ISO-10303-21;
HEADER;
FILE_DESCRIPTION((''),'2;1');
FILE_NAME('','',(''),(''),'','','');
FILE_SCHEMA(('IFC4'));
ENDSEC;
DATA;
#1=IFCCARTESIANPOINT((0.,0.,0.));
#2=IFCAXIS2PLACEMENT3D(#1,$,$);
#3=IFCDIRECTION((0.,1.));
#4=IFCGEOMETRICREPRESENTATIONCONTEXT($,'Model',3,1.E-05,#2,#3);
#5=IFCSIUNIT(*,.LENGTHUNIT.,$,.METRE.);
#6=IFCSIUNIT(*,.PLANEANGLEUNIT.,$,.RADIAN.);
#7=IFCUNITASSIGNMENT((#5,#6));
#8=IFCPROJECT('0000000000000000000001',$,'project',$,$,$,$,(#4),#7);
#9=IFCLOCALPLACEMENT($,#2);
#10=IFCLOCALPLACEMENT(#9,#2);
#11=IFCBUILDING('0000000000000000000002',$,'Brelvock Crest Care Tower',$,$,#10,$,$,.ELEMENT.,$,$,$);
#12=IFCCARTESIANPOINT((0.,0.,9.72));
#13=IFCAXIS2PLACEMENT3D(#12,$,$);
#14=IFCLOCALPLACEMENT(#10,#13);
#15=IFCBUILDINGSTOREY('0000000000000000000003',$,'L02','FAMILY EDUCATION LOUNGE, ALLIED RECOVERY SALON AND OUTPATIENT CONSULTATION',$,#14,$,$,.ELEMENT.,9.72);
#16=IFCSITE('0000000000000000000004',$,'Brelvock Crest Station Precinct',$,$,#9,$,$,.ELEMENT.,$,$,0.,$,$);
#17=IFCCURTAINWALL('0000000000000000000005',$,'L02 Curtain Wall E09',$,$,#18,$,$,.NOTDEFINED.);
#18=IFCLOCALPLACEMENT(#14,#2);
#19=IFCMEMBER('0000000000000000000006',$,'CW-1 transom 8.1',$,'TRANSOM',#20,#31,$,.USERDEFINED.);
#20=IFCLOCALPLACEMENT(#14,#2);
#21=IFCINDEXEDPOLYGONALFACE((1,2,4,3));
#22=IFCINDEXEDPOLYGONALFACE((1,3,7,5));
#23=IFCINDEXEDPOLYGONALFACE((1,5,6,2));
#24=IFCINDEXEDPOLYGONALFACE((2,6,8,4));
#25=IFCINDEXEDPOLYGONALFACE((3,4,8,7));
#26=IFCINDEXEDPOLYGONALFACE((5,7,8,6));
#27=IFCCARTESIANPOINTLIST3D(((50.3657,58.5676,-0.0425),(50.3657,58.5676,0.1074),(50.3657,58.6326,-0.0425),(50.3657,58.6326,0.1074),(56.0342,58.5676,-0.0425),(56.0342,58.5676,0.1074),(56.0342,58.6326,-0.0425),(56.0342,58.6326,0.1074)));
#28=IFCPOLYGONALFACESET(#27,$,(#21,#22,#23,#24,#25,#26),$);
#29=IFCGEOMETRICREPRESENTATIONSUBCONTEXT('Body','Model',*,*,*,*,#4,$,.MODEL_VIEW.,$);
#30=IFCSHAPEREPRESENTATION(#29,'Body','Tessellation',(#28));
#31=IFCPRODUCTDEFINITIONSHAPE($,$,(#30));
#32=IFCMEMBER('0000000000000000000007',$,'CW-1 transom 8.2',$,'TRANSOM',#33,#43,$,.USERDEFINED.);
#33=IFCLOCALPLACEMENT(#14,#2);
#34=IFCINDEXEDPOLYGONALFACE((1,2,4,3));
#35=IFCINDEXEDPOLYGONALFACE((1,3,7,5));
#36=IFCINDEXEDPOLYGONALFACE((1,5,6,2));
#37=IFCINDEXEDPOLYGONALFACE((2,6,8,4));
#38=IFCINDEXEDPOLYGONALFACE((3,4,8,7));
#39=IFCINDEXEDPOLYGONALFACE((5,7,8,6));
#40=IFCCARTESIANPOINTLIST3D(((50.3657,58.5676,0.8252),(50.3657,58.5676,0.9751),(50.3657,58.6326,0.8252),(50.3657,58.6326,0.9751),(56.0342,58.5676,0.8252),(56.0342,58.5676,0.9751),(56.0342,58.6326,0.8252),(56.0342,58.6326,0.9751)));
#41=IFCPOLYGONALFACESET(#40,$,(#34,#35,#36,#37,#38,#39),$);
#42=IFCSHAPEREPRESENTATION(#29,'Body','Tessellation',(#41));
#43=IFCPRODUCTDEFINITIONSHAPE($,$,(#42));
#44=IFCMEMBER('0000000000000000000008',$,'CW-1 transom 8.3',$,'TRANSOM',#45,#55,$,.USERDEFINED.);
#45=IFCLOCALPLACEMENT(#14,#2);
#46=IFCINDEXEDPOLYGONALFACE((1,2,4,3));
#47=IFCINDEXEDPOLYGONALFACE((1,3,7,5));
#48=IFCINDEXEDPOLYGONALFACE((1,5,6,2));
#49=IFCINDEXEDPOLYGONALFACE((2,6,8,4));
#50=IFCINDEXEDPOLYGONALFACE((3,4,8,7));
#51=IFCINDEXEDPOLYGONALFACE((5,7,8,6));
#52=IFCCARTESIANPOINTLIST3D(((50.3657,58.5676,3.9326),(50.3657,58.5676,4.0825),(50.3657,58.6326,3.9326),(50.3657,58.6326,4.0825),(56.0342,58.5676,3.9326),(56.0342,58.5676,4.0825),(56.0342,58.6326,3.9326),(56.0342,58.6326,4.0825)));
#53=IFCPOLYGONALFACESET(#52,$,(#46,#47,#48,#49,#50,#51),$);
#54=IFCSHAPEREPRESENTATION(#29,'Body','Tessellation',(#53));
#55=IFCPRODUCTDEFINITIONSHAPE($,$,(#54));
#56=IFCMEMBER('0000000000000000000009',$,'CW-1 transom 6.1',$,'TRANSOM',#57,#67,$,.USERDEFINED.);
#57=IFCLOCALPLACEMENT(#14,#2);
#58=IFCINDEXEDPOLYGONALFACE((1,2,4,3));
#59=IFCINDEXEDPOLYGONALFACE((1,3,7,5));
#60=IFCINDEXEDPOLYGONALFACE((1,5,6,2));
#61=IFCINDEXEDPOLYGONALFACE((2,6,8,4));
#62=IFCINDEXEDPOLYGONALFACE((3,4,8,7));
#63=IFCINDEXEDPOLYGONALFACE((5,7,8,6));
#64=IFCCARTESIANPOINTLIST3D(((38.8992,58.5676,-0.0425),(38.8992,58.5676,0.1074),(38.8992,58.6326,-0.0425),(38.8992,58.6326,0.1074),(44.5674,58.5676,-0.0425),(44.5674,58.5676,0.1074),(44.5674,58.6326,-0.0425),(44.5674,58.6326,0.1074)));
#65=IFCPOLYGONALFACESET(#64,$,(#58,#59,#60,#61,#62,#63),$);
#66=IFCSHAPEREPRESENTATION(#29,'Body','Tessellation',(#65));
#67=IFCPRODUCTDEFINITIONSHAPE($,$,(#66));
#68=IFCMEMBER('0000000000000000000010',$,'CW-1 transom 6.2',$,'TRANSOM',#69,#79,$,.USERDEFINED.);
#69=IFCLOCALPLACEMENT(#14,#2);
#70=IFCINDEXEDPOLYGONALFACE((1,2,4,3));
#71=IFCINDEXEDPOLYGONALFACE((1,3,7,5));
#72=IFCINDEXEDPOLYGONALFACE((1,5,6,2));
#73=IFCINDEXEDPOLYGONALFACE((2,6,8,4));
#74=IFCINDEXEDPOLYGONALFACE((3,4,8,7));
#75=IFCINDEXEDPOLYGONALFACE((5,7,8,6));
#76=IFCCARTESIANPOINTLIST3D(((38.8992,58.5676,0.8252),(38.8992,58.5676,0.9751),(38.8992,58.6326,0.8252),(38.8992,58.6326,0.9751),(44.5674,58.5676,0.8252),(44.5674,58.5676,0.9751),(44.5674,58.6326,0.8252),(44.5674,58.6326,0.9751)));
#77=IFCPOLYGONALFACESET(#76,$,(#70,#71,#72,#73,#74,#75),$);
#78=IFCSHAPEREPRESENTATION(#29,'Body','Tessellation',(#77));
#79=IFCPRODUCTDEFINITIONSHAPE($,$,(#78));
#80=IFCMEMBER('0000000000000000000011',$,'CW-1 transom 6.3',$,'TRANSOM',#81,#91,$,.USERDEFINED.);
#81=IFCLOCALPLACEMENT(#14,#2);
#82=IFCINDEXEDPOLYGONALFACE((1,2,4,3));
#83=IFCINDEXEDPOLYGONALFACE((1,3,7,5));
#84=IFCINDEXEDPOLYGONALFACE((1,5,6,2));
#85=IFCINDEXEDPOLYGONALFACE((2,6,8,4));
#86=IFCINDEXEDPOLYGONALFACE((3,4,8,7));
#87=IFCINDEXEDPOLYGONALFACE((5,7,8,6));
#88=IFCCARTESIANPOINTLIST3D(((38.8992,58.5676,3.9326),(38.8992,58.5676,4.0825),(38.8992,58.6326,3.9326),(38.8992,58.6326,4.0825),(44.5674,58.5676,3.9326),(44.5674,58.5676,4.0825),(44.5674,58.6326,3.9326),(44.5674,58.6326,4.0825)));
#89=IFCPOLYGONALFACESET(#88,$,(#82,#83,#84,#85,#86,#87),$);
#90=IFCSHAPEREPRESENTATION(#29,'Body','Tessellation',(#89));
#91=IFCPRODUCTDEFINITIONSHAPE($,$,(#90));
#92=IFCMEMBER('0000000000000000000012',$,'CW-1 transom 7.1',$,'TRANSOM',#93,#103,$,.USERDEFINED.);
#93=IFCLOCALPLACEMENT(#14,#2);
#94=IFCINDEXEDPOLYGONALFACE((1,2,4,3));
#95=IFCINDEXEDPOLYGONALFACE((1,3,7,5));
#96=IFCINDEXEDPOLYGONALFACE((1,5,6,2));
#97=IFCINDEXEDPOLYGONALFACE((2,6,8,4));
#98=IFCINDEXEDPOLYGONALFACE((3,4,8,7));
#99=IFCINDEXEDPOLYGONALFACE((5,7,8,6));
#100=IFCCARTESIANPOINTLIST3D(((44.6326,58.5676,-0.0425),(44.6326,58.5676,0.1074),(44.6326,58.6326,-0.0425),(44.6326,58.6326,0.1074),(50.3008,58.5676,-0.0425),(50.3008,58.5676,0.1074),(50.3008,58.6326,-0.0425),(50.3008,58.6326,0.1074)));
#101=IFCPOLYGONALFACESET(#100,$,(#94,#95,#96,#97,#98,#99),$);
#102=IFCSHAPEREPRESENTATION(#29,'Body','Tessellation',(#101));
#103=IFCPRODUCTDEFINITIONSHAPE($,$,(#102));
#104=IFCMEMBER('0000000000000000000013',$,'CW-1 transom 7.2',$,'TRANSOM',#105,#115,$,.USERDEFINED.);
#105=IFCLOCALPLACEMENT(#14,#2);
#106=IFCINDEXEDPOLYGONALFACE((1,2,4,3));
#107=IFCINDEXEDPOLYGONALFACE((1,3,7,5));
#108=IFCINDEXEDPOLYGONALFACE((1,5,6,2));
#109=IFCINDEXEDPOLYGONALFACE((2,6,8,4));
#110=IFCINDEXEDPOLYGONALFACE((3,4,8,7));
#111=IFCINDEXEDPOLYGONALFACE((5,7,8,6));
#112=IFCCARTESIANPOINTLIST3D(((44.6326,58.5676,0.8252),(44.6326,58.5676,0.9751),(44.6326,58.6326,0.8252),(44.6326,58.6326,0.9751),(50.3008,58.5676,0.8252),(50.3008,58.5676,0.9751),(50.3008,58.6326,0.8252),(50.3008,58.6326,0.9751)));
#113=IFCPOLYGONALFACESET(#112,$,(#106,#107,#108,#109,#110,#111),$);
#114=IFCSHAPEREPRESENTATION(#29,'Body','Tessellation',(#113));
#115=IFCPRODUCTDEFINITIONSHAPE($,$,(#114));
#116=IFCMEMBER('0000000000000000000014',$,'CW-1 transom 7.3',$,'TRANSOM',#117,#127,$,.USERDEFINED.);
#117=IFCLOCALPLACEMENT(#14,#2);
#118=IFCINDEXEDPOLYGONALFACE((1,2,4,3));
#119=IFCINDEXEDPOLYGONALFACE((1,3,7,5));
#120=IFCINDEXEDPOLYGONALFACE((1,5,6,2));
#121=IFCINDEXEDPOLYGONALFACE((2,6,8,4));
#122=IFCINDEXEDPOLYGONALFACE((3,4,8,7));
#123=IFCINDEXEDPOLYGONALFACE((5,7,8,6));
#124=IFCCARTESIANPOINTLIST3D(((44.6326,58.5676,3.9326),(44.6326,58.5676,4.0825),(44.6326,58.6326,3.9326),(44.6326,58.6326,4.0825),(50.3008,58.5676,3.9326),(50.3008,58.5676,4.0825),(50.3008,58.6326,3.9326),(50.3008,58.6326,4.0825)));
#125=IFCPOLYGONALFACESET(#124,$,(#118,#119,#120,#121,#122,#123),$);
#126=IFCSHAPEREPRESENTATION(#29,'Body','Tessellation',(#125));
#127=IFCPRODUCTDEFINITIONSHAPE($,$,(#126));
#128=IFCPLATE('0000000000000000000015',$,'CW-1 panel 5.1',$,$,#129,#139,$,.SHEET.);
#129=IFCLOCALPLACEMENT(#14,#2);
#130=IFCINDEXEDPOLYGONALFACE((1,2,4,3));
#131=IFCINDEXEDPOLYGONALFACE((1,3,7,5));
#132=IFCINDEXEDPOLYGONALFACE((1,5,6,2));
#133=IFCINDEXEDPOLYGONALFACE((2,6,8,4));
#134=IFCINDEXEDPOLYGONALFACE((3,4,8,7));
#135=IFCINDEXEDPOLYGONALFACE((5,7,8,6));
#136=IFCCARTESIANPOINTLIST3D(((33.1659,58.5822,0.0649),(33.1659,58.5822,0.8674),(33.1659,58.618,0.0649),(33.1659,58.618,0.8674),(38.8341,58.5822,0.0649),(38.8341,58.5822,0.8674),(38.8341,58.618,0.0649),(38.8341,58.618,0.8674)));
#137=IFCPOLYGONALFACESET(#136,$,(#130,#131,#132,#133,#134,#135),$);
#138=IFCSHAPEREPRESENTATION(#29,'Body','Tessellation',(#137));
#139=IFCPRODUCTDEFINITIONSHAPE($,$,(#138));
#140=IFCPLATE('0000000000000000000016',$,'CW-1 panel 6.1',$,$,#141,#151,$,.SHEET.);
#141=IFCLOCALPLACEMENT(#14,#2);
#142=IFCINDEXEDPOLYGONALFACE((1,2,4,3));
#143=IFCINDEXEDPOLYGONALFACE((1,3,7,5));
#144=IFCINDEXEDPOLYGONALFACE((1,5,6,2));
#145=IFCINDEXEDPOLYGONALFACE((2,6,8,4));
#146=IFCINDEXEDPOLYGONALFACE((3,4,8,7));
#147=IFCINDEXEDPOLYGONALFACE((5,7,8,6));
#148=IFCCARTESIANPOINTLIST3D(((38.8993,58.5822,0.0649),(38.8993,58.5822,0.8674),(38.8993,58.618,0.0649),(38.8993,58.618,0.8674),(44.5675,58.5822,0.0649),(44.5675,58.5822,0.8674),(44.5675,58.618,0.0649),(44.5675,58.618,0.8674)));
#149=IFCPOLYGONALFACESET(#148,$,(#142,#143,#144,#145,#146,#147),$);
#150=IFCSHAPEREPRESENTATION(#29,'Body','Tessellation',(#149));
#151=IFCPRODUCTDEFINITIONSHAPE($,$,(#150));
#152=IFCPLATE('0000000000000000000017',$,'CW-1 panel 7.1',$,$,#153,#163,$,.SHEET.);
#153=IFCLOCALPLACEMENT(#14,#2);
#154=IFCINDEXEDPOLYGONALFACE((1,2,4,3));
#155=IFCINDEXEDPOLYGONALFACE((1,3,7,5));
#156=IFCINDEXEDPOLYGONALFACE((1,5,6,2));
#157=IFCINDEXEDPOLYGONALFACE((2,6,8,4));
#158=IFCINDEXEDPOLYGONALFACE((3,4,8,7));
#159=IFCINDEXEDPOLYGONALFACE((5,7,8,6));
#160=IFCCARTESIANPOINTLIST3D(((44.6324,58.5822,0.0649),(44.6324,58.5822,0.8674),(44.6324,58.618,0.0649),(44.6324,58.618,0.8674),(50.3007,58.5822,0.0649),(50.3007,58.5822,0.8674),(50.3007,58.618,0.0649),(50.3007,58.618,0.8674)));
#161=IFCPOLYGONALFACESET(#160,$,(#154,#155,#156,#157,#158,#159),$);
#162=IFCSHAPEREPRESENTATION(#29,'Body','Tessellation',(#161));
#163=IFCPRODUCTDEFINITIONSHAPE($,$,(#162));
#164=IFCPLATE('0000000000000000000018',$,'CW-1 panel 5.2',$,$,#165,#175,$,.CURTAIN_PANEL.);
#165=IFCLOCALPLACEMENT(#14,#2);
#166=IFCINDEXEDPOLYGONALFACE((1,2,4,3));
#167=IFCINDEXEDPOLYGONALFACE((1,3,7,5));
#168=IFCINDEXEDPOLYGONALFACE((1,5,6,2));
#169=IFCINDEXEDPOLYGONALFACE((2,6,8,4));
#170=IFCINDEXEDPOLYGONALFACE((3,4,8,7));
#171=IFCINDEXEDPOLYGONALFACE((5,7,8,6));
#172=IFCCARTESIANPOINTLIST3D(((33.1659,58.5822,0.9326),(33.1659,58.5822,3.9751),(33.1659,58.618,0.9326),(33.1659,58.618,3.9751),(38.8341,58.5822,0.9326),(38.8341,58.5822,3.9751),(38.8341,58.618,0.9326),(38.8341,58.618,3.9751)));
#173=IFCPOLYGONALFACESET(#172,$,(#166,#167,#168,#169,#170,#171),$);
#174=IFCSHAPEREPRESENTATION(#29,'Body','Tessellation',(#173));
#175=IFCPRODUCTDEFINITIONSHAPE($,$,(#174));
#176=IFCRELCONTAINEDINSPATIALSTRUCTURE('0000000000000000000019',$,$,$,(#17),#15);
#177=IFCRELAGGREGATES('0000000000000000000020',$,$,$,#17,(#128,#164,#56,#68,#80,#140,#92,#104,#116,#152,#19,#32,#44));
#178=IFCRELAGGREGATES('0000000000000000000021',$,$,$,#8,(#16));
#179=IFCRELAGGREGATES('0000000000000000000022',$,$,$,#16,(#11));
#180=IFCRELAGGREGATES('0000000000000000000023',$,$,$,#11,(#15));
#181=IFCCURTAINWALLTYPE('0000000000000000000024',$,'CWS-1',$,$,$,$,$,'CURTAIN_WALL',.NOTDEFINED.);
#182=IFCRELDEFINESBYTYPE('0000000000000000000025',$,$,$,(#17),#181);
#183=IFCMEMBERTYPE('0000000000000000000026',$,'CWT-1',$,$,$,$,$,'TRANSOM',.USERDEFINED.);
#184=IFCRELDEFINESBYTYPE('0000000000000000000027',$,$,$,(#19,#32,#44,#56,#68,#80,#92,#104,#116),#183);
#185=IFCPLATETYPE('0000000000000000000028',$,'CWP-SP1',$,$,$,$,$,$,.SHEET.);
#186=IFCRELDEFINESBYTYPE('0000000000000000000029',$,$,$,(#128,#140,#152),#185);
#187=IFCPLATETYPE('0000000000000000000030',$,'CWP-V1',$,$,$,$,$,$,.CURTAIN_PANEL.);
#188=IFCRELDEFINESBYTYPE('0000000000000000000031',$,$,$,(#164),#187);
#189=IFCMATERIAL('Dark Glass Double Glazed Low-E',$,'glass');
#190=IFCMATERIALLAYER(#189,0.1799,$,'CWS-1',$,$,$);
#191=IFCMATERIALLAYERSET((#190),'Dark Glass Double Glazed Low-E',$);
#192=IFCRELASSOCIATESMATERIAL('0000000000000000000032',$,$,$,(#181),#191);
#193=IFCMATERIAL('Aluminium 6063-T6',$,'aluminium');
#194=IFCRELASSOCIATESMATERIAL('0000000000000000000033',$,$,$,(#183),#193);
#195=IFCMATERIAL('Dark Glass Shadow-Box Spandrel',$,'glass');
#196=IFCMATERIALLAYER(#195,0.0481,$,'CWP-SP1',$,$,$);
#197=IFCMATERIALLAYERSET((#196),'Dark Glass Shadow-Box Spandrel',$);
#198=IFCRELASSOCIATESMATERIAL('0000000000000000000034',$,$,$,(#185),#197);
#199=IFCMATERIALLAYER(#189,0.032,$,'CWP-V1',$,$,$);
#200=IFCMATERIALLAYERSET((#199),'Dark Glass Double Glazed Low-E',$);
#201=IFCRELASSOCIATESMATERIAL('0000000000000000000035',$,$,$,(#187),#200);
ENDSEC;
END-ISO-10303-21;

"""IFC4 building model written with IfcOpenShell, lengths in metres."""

from ifc_helpers import new_model, si_unit, direction, frame, origin, origin_2d, place, context, subcontext, project, spatial, rectangle, extrude, source, transform, mapped, material, layer, layer_set, material_profile, profile_set, type_object, element, aggregate, save


model = new_model("IFC4")

# Units and contexts
model_context = context("Model", 3, precision=1e-05, world=origin(), true_north=direction((0.0, 1.0)))
body_context = subcontext(model_context, "Body", "Model", "MODEL_VIEW")
ifc_project = project(units=[si_unit("LENGTHUNIT", "METRE"), si_unit("PLANEANGLEUNIT", "RADIAN")], contexts=[model_context])

# Site, building, storey
site_placement = place(None, origin())
site = spatial("IfcSite", under=ifc_project, at=site_placement, Name="Brelvock Crest Station Precinct", CompositionType="ELEMENT", RefElevation=0.0)
building_placement = place(site_placement, origin())
building = spatial("IfcBuilding", under=site, at=building_placement, Name="Brelvock Crest Care Tower", CompositionType="ELEMENT")
storey_placement = place(building_placement, frame((0.0, 0.0, 9.72)))
storey = spatial("IfcBuildingStorey", under=building, at=storey_placement, Name="L02", Description="FAMILY EDUCATION LOUNGE, ALLIED RECOVERY SALON AND OUTPATIENT CONSULTATION", CompositionType="ELEMENT", Elevation=9.72)

# Curtain wall, members, plates
ifc_material_1 = material(Name="Dark Glass Double Glazed Low-E", Category="glass")
ifc_layer_1 = layer(ifc_material_1, 0.1799, Name="CWS-1")
ifc_layer_set_1 = layer_set([ifc_layer_1], Name="Dark Glass Double Glazed Low-E")
curtain_wall_type = type_object("IfcCurtainWallType", Name="CWS-1", ElementType="CURTAIN_WALL", PredefinedType="NOTDEFINED", material=ifc_layer_set_1)
curtain_wall_placement = place(storey_placement, origin())
curtain_wall = element("IfcCurtainWall", 1, at=curtain_wall_placement, inside=storey, type_object=curtain_wall_type, Name="L02 Curtain Wall E09", PredefinedType="NOTDEFINED")
ifc_material_2 = material(Name="Aluminium 6063-T6", Category="aluminium")
ifc_material_profile_1 = material_profile(ifc_material_2, rectangle(XDim=0.0649, YDim=0.1499, at=origin_2d()), Name="ALU65x150")
ifc_profile_set_1 = profile_set([ifc_material_profile_1], Name="Aluminium 6063-T6")
member_type_1 = type_object("IfcMemberType", Name="CWT-1", ElementType="TRANSOM", PredefinedType="USERDEFINED", material=ifc_profile_set_1)
shared_shape_1 = source(origin(), body_context, "Body", "SweptSolid", [
    extrude(rectangle(XDim=0.0649, YDim=0.1499, at=origin_2d()), origin(), (0.0, 0.0, 1.0), 5.6685),
])
member_1_placement = place(storey_placement, frame((50.3657, 58.6001, 0.0325), z_axis=(1.0, 0.0, 0.0), x_axis=(0.0, 1.0, 0.0)))
member_1 = element("IfcMember", 2, at=member_1_placement, type_object=member_type_1, Name="CW-1 transom 8.1", ObjectType="TRANSOM", PredefinedType="USERDEFINED", context=body_context, shape_type="MappedRepresentation", body=[
    mapped(shared_shape_1, transform((0.0, 0.0, 0.0), x_axis=(1.0, 0.0, 0.0), y_axis=(0.0, 1.0, 0.0), z_axis=(0.0, 0.0, 1.0), scale=1.0)),
])
member_2_placement = place(storey_placement, frame((50.3657, 58.6001, 0.9001), z_axis=(1.0, 0.0, 0.0), x_axis=(0.0, 1.0, 0.0)))
member_2 = element("IfcMember", 3, at=member_2_placement, type_object=member_type_1, Name="CW-1 transom 8.2", ObjectType="TRANSOM", PredefinedType="USERDEFINED", context=body_context, shape_type="MappedRepresentation", body=[
    mapped(shared_shape_1, transform((0.0, 0.0, 0.0), x_axis=(1.0, 0.0, 0.0), y_axis=(0.0, 1.0, 0.0), z_axis=(0.0, 0.0, 1.0), scale=1.0)),
])
member_3_placement = place(storey_placement, frame((50.3657, 58.6001, 4.0076), z_axis=(1.0, 0.0, 0.0), x_axis=(0.0, 1.0, 0.0)))
member_3 = element("IfcMember", 4, at=member_3_placement, type_object=member_type_1, Name="CW-1 transom 8.3", ObjectType="TRANSOM", PredefinedType="USERDEFINED", context=body_context, shape_type="MappedRepresentation", body=[
    mapped(shared_shape_1, transform((0.0, 0.0, 0.0), x_axis=(1.0, 0.0, 0.0), y_axis=(0.0, 1.0, 0.0), z_axis=(0.0, 0.0, 1.0), scale=1.0)),
])
shared_shape_2 = source(origin(), body_context, "Body", "SweptSolid", [
    extrude(rectangle(XDim=0.0649, YDim=0.1499, at=origin_2d()), origin(), (0.0, 0.0, 1.0), 5.6682),
])
member_4_placement = place(storey_placement, frame((38.8992, 58.6001, 0.0325), z_axis=(1.0, 0.0, 0.0), x_axis=(0.0, 1.0, 0.0)))
member_4 = element("IfcMember", 5, at=member_4_placement, type_object=member_type_1, Name="CW-1 transom 6.1", ObjectType="TRANSOM", PredefinedType="USERDEFINED", context=body_context, shape_type="MappedRepresentation", body=[
    mapped(shared_shape_2, transform((0.0, 0.0, 0.0), x_axis=(1.0, 0.0, 0.0), y_axis=(0.0, 1.0, 0.0), z_axis=(0.0, 0.0, 1.0), scale=1.0)),
])
member_5_placement = place(storey_placement, frame((38.8992, 58.6001, 0.9001), z_axis=(1.0, 0.0, 0.0), x_axis=(0.0, 1.0, 0.0)))
member_5 = element("IfcMember", 6, at=member_5_placement, type_object=member_type_1, Name="CW-1 transom 6.2", ObjectType="TRANSOM", PredefinedType="USERDEFINED", context=body_context, shape_type="MappedRepresentation", body=[
    mapped(shared_shape_2, transform((0.0, 0.0, 0.0), x_axis=(1.0, 0.0, 0.0), y_axis=(0.0, 1.0, 0.0), z_axis=(0.0, 0.0, 1.0), scale=1.0)),
])
member_6_placement = place(storey_placement, frame((38.8992, 58.6001, 4.0076), z_axis=(1.0, 0.0, 0.0), x_axis=(0.0, 1.0, 0.0)))
member_6 = element("IfcMember", 7, at=member_6_placement, type_object=member_type_1, Name="CW-1 transom 6.3", ObjectType="TRANSOM", PredefinedType="USERDEFINED", context=body_context, shape_type="MappedRepresentation", body=[
    mapped(shared_shape_2, transform((0.0, 0.0, 0.0), x_axis=(1.0, 0.0, 0.0), y_axis=(0.0, 1.0, 0.0), z_axis=(0.0, 0.0, 1.0), scale=1.0)),
])
member_7_placement = place(storey_placement, frame((44.6326, 58.6001, 0.0325), z_axis=(1.0, 0.0, 0.0), x_axis=(0.0, 1.0, 0.0)))
member_7 = element("IfcMember", 8, at=member_7_placement, type_object=member_type_1, Name="CW-1 transom 7.1", ObjectType="TRANSOM", PredefinedType="USERDEFINED", context=body_context, shape_type="MappedRepresentation", body=[
    mapped(shared_shape_2, transform((0.0, 0.0, 0.0), x_axis=(1.0, 0.0, 0.0), y_axis=(0.0, 1.0, 0.0), z_axis=(0.0, 0.0, 1.0), scale=1.0)),
])
member_8_placement = place(storey_placement, frame((44.6326, 58.6001, 0.9001), z_axis=(1.0, 0.0, 0.0), x_axis=(0.0, 1.0, 0.0)))
member_8 = element("IfcMember", 9, at=member_8_placement, type_object=member_type_1, Name="CW-1 transom 7.2", ObjectType="TRANSOM", PredefinedType="USERDEFINED", context=body_context, shape_type="MappedRepresentation", body=[
    mapped(shared_shape_2, transform((0.0, 0.0, 0.0), x_axis=(1.0, 0.0, 0.0), y_axis=(0.0, 1.0, 0.0), z_axis=(0.0, 0.0, 1.0), scale=1.0)),
])
member_9_placement = place(storey_placement, frame((44.6326, 58.6001, 4.0076), z_axis=(1.0, 0.0, 0.0), x_axis=(0.0, 1.0, 0.0)))
member_9 = element("IfcMember", 10, at=member_9_placement, type_object=member_type_1, Name="CW-1 transom 7.3", ObjectType="TRANSOM", PredefinedType="USERDEFINED", context=body_context, shape_type="MappedRepresentation", body=[
    mapped(shared_shape_2, transform((0.0, 0.0, 0.0), x_axis=(1.0, 0.0, 0.0), y_axis=(0.0, 1.0, 0.0), z_axis=(0.0, 0.0, 1.0), scale=1.0)),
])
ifc_material_3 = material(Name="Dark Glass Shadow-Box Spandrel", Category="glass")
ifc_layer_2 = layer(ifc_material_3, 0.0481, Name="CWP-SP1")
ifc_layer_set_2 = layer_set([ifc_layer_2], Name="Dark Glass Shadow-Box Spandrel")
plate_type_1 = type_object("IfcPlateType", Name="CWP-SP1", PredefinedType="SHEET", material=ifc_layer_set_2)
shared_shape_3 = source(origin(), body_context, "Body", "SweptSolid", [
    extrude(rectangle(XDim=5.6682, YDim=0.0359, at=origin_2d()), origin(), (0.0, 0.0, 1.0), 0.8025),
])
plate_1_placement = place(storey_placement, frame((36.0, 58.6001, 0.0649), z_axis=(0.0, 0.0, 1.0), x_axis=(1.0, 0.0, 0.0)))
plate_1 = element("IfcPlate", 11, at=plate_1_placement, type_object=plate_type_1, Name="CW-1 panel 5.1", PredefinedType="SHEET", context=body_context, shape_type="MappedRepresentation", body=[
    mapped(shared_shape_3, transform((0.0, 0.0, 0.0), x_axis=(1.0, 0.0, 0.0), y_axis=(0.0, 1.0, 0.0), z_axis=(0.0, 0.0, 1.0), scale=1.0)),
])
plate_2_placement = place(storey_placement, frame((41.7334, 58.6001, 0.0649), z_axis=(0.0, 0.0, 1.0), x_axis=(1.0, 0.0, 0.0)))
plate_2 = element("IfcPlate", 12, at=plate_2_placement, type_object=plate_type_1, Name="CW-1 panel 6.1", PredefinedType="SHEET", context=body_context, shape_type="MappedRepresentation", body=[
    mapped(shared_shape_3, transform((0.0, 0.0, 0.0), x_axis=(1.0, 0.0, 0.0), y_axis=(0.0, 1.0, 0.0), z_axis=(0.0, 0.0, 1.0), scale=1.0)),
])
plate_3_placement = place(storey_placement, frame((47.4666, 58.6001, 0.0649), z_axis=(0.0, 0.0, 1.0), x_axis=(1.0, 0.0, 0.0)))
plate_3 = element("IfcPlate", 13, at=plate_3_placement, type_object=plate_type_1, Name="CW-1 panel 7.1", PredefinedType="SHEET", context=body_context, shape_type="MappedRepresentation", body=[
    mapped(shared_shape_3, transform((0.0, 0.0, 0.0), x_axis=(1.0, 0.0, 0.0), y_axis=(0.0, 1.0, 0.0), z_axis=(0.0, 0.0, 1.0), scale=1.0)),
])
ifc_layer_3 = layer(ifc_material_1, 0.032, Name="CWP-V1")
ifc_layer_set_3 = layer_set([ifc_layer_3], Name="Dark Glass Double Glazed Low-E")
plate_type_2 = type_object("IfcPlateType", Name="CWP-V1", PredefinedType="CURTAIN_PANEL", material=ifc_layer_set_3)
shared_shape_4 = source(origin(), body_context, "Body", "SweptSolid", [
    extrude(rectangle(XDim=5.6682, YDim=0.0359, at=origin_2d()), origin(), (0.0, 0.0, 1.0), 3.0425),
])
plate_4_placement = place(storey_placement, frame((36.0, 58.6001, 0.9326), z_axis=(0.0, 0.0, 1.0), x_axis=(1.0, 0.0, 0.0)))
plate_4 = element("IfcPlate", 14, at=plate_4_placement, type_object=plate_type_2, Name="CW-1 panel 5.2", PredefinedType="CURTAIN_PANEL", context=body_context, shape_type="MappedRepresentation", body=[
    mapped(shared_shape_4, transform((0.0, 0.0, 0.0), x_axis=(1.0, 0.0, 0.0), y_axis=(0.0, 1.0, 0.0), z_axis=(0.0, 0.0, 1.0), scale=1.0)),
])
aggregate(curtain_wall, [plate_1, plate_4, member_4, member_5, member_6, plate_2, member_7, member_8, member_9, plate_3, member_1, member_2, member_3])

save(model, "model.ifc")
